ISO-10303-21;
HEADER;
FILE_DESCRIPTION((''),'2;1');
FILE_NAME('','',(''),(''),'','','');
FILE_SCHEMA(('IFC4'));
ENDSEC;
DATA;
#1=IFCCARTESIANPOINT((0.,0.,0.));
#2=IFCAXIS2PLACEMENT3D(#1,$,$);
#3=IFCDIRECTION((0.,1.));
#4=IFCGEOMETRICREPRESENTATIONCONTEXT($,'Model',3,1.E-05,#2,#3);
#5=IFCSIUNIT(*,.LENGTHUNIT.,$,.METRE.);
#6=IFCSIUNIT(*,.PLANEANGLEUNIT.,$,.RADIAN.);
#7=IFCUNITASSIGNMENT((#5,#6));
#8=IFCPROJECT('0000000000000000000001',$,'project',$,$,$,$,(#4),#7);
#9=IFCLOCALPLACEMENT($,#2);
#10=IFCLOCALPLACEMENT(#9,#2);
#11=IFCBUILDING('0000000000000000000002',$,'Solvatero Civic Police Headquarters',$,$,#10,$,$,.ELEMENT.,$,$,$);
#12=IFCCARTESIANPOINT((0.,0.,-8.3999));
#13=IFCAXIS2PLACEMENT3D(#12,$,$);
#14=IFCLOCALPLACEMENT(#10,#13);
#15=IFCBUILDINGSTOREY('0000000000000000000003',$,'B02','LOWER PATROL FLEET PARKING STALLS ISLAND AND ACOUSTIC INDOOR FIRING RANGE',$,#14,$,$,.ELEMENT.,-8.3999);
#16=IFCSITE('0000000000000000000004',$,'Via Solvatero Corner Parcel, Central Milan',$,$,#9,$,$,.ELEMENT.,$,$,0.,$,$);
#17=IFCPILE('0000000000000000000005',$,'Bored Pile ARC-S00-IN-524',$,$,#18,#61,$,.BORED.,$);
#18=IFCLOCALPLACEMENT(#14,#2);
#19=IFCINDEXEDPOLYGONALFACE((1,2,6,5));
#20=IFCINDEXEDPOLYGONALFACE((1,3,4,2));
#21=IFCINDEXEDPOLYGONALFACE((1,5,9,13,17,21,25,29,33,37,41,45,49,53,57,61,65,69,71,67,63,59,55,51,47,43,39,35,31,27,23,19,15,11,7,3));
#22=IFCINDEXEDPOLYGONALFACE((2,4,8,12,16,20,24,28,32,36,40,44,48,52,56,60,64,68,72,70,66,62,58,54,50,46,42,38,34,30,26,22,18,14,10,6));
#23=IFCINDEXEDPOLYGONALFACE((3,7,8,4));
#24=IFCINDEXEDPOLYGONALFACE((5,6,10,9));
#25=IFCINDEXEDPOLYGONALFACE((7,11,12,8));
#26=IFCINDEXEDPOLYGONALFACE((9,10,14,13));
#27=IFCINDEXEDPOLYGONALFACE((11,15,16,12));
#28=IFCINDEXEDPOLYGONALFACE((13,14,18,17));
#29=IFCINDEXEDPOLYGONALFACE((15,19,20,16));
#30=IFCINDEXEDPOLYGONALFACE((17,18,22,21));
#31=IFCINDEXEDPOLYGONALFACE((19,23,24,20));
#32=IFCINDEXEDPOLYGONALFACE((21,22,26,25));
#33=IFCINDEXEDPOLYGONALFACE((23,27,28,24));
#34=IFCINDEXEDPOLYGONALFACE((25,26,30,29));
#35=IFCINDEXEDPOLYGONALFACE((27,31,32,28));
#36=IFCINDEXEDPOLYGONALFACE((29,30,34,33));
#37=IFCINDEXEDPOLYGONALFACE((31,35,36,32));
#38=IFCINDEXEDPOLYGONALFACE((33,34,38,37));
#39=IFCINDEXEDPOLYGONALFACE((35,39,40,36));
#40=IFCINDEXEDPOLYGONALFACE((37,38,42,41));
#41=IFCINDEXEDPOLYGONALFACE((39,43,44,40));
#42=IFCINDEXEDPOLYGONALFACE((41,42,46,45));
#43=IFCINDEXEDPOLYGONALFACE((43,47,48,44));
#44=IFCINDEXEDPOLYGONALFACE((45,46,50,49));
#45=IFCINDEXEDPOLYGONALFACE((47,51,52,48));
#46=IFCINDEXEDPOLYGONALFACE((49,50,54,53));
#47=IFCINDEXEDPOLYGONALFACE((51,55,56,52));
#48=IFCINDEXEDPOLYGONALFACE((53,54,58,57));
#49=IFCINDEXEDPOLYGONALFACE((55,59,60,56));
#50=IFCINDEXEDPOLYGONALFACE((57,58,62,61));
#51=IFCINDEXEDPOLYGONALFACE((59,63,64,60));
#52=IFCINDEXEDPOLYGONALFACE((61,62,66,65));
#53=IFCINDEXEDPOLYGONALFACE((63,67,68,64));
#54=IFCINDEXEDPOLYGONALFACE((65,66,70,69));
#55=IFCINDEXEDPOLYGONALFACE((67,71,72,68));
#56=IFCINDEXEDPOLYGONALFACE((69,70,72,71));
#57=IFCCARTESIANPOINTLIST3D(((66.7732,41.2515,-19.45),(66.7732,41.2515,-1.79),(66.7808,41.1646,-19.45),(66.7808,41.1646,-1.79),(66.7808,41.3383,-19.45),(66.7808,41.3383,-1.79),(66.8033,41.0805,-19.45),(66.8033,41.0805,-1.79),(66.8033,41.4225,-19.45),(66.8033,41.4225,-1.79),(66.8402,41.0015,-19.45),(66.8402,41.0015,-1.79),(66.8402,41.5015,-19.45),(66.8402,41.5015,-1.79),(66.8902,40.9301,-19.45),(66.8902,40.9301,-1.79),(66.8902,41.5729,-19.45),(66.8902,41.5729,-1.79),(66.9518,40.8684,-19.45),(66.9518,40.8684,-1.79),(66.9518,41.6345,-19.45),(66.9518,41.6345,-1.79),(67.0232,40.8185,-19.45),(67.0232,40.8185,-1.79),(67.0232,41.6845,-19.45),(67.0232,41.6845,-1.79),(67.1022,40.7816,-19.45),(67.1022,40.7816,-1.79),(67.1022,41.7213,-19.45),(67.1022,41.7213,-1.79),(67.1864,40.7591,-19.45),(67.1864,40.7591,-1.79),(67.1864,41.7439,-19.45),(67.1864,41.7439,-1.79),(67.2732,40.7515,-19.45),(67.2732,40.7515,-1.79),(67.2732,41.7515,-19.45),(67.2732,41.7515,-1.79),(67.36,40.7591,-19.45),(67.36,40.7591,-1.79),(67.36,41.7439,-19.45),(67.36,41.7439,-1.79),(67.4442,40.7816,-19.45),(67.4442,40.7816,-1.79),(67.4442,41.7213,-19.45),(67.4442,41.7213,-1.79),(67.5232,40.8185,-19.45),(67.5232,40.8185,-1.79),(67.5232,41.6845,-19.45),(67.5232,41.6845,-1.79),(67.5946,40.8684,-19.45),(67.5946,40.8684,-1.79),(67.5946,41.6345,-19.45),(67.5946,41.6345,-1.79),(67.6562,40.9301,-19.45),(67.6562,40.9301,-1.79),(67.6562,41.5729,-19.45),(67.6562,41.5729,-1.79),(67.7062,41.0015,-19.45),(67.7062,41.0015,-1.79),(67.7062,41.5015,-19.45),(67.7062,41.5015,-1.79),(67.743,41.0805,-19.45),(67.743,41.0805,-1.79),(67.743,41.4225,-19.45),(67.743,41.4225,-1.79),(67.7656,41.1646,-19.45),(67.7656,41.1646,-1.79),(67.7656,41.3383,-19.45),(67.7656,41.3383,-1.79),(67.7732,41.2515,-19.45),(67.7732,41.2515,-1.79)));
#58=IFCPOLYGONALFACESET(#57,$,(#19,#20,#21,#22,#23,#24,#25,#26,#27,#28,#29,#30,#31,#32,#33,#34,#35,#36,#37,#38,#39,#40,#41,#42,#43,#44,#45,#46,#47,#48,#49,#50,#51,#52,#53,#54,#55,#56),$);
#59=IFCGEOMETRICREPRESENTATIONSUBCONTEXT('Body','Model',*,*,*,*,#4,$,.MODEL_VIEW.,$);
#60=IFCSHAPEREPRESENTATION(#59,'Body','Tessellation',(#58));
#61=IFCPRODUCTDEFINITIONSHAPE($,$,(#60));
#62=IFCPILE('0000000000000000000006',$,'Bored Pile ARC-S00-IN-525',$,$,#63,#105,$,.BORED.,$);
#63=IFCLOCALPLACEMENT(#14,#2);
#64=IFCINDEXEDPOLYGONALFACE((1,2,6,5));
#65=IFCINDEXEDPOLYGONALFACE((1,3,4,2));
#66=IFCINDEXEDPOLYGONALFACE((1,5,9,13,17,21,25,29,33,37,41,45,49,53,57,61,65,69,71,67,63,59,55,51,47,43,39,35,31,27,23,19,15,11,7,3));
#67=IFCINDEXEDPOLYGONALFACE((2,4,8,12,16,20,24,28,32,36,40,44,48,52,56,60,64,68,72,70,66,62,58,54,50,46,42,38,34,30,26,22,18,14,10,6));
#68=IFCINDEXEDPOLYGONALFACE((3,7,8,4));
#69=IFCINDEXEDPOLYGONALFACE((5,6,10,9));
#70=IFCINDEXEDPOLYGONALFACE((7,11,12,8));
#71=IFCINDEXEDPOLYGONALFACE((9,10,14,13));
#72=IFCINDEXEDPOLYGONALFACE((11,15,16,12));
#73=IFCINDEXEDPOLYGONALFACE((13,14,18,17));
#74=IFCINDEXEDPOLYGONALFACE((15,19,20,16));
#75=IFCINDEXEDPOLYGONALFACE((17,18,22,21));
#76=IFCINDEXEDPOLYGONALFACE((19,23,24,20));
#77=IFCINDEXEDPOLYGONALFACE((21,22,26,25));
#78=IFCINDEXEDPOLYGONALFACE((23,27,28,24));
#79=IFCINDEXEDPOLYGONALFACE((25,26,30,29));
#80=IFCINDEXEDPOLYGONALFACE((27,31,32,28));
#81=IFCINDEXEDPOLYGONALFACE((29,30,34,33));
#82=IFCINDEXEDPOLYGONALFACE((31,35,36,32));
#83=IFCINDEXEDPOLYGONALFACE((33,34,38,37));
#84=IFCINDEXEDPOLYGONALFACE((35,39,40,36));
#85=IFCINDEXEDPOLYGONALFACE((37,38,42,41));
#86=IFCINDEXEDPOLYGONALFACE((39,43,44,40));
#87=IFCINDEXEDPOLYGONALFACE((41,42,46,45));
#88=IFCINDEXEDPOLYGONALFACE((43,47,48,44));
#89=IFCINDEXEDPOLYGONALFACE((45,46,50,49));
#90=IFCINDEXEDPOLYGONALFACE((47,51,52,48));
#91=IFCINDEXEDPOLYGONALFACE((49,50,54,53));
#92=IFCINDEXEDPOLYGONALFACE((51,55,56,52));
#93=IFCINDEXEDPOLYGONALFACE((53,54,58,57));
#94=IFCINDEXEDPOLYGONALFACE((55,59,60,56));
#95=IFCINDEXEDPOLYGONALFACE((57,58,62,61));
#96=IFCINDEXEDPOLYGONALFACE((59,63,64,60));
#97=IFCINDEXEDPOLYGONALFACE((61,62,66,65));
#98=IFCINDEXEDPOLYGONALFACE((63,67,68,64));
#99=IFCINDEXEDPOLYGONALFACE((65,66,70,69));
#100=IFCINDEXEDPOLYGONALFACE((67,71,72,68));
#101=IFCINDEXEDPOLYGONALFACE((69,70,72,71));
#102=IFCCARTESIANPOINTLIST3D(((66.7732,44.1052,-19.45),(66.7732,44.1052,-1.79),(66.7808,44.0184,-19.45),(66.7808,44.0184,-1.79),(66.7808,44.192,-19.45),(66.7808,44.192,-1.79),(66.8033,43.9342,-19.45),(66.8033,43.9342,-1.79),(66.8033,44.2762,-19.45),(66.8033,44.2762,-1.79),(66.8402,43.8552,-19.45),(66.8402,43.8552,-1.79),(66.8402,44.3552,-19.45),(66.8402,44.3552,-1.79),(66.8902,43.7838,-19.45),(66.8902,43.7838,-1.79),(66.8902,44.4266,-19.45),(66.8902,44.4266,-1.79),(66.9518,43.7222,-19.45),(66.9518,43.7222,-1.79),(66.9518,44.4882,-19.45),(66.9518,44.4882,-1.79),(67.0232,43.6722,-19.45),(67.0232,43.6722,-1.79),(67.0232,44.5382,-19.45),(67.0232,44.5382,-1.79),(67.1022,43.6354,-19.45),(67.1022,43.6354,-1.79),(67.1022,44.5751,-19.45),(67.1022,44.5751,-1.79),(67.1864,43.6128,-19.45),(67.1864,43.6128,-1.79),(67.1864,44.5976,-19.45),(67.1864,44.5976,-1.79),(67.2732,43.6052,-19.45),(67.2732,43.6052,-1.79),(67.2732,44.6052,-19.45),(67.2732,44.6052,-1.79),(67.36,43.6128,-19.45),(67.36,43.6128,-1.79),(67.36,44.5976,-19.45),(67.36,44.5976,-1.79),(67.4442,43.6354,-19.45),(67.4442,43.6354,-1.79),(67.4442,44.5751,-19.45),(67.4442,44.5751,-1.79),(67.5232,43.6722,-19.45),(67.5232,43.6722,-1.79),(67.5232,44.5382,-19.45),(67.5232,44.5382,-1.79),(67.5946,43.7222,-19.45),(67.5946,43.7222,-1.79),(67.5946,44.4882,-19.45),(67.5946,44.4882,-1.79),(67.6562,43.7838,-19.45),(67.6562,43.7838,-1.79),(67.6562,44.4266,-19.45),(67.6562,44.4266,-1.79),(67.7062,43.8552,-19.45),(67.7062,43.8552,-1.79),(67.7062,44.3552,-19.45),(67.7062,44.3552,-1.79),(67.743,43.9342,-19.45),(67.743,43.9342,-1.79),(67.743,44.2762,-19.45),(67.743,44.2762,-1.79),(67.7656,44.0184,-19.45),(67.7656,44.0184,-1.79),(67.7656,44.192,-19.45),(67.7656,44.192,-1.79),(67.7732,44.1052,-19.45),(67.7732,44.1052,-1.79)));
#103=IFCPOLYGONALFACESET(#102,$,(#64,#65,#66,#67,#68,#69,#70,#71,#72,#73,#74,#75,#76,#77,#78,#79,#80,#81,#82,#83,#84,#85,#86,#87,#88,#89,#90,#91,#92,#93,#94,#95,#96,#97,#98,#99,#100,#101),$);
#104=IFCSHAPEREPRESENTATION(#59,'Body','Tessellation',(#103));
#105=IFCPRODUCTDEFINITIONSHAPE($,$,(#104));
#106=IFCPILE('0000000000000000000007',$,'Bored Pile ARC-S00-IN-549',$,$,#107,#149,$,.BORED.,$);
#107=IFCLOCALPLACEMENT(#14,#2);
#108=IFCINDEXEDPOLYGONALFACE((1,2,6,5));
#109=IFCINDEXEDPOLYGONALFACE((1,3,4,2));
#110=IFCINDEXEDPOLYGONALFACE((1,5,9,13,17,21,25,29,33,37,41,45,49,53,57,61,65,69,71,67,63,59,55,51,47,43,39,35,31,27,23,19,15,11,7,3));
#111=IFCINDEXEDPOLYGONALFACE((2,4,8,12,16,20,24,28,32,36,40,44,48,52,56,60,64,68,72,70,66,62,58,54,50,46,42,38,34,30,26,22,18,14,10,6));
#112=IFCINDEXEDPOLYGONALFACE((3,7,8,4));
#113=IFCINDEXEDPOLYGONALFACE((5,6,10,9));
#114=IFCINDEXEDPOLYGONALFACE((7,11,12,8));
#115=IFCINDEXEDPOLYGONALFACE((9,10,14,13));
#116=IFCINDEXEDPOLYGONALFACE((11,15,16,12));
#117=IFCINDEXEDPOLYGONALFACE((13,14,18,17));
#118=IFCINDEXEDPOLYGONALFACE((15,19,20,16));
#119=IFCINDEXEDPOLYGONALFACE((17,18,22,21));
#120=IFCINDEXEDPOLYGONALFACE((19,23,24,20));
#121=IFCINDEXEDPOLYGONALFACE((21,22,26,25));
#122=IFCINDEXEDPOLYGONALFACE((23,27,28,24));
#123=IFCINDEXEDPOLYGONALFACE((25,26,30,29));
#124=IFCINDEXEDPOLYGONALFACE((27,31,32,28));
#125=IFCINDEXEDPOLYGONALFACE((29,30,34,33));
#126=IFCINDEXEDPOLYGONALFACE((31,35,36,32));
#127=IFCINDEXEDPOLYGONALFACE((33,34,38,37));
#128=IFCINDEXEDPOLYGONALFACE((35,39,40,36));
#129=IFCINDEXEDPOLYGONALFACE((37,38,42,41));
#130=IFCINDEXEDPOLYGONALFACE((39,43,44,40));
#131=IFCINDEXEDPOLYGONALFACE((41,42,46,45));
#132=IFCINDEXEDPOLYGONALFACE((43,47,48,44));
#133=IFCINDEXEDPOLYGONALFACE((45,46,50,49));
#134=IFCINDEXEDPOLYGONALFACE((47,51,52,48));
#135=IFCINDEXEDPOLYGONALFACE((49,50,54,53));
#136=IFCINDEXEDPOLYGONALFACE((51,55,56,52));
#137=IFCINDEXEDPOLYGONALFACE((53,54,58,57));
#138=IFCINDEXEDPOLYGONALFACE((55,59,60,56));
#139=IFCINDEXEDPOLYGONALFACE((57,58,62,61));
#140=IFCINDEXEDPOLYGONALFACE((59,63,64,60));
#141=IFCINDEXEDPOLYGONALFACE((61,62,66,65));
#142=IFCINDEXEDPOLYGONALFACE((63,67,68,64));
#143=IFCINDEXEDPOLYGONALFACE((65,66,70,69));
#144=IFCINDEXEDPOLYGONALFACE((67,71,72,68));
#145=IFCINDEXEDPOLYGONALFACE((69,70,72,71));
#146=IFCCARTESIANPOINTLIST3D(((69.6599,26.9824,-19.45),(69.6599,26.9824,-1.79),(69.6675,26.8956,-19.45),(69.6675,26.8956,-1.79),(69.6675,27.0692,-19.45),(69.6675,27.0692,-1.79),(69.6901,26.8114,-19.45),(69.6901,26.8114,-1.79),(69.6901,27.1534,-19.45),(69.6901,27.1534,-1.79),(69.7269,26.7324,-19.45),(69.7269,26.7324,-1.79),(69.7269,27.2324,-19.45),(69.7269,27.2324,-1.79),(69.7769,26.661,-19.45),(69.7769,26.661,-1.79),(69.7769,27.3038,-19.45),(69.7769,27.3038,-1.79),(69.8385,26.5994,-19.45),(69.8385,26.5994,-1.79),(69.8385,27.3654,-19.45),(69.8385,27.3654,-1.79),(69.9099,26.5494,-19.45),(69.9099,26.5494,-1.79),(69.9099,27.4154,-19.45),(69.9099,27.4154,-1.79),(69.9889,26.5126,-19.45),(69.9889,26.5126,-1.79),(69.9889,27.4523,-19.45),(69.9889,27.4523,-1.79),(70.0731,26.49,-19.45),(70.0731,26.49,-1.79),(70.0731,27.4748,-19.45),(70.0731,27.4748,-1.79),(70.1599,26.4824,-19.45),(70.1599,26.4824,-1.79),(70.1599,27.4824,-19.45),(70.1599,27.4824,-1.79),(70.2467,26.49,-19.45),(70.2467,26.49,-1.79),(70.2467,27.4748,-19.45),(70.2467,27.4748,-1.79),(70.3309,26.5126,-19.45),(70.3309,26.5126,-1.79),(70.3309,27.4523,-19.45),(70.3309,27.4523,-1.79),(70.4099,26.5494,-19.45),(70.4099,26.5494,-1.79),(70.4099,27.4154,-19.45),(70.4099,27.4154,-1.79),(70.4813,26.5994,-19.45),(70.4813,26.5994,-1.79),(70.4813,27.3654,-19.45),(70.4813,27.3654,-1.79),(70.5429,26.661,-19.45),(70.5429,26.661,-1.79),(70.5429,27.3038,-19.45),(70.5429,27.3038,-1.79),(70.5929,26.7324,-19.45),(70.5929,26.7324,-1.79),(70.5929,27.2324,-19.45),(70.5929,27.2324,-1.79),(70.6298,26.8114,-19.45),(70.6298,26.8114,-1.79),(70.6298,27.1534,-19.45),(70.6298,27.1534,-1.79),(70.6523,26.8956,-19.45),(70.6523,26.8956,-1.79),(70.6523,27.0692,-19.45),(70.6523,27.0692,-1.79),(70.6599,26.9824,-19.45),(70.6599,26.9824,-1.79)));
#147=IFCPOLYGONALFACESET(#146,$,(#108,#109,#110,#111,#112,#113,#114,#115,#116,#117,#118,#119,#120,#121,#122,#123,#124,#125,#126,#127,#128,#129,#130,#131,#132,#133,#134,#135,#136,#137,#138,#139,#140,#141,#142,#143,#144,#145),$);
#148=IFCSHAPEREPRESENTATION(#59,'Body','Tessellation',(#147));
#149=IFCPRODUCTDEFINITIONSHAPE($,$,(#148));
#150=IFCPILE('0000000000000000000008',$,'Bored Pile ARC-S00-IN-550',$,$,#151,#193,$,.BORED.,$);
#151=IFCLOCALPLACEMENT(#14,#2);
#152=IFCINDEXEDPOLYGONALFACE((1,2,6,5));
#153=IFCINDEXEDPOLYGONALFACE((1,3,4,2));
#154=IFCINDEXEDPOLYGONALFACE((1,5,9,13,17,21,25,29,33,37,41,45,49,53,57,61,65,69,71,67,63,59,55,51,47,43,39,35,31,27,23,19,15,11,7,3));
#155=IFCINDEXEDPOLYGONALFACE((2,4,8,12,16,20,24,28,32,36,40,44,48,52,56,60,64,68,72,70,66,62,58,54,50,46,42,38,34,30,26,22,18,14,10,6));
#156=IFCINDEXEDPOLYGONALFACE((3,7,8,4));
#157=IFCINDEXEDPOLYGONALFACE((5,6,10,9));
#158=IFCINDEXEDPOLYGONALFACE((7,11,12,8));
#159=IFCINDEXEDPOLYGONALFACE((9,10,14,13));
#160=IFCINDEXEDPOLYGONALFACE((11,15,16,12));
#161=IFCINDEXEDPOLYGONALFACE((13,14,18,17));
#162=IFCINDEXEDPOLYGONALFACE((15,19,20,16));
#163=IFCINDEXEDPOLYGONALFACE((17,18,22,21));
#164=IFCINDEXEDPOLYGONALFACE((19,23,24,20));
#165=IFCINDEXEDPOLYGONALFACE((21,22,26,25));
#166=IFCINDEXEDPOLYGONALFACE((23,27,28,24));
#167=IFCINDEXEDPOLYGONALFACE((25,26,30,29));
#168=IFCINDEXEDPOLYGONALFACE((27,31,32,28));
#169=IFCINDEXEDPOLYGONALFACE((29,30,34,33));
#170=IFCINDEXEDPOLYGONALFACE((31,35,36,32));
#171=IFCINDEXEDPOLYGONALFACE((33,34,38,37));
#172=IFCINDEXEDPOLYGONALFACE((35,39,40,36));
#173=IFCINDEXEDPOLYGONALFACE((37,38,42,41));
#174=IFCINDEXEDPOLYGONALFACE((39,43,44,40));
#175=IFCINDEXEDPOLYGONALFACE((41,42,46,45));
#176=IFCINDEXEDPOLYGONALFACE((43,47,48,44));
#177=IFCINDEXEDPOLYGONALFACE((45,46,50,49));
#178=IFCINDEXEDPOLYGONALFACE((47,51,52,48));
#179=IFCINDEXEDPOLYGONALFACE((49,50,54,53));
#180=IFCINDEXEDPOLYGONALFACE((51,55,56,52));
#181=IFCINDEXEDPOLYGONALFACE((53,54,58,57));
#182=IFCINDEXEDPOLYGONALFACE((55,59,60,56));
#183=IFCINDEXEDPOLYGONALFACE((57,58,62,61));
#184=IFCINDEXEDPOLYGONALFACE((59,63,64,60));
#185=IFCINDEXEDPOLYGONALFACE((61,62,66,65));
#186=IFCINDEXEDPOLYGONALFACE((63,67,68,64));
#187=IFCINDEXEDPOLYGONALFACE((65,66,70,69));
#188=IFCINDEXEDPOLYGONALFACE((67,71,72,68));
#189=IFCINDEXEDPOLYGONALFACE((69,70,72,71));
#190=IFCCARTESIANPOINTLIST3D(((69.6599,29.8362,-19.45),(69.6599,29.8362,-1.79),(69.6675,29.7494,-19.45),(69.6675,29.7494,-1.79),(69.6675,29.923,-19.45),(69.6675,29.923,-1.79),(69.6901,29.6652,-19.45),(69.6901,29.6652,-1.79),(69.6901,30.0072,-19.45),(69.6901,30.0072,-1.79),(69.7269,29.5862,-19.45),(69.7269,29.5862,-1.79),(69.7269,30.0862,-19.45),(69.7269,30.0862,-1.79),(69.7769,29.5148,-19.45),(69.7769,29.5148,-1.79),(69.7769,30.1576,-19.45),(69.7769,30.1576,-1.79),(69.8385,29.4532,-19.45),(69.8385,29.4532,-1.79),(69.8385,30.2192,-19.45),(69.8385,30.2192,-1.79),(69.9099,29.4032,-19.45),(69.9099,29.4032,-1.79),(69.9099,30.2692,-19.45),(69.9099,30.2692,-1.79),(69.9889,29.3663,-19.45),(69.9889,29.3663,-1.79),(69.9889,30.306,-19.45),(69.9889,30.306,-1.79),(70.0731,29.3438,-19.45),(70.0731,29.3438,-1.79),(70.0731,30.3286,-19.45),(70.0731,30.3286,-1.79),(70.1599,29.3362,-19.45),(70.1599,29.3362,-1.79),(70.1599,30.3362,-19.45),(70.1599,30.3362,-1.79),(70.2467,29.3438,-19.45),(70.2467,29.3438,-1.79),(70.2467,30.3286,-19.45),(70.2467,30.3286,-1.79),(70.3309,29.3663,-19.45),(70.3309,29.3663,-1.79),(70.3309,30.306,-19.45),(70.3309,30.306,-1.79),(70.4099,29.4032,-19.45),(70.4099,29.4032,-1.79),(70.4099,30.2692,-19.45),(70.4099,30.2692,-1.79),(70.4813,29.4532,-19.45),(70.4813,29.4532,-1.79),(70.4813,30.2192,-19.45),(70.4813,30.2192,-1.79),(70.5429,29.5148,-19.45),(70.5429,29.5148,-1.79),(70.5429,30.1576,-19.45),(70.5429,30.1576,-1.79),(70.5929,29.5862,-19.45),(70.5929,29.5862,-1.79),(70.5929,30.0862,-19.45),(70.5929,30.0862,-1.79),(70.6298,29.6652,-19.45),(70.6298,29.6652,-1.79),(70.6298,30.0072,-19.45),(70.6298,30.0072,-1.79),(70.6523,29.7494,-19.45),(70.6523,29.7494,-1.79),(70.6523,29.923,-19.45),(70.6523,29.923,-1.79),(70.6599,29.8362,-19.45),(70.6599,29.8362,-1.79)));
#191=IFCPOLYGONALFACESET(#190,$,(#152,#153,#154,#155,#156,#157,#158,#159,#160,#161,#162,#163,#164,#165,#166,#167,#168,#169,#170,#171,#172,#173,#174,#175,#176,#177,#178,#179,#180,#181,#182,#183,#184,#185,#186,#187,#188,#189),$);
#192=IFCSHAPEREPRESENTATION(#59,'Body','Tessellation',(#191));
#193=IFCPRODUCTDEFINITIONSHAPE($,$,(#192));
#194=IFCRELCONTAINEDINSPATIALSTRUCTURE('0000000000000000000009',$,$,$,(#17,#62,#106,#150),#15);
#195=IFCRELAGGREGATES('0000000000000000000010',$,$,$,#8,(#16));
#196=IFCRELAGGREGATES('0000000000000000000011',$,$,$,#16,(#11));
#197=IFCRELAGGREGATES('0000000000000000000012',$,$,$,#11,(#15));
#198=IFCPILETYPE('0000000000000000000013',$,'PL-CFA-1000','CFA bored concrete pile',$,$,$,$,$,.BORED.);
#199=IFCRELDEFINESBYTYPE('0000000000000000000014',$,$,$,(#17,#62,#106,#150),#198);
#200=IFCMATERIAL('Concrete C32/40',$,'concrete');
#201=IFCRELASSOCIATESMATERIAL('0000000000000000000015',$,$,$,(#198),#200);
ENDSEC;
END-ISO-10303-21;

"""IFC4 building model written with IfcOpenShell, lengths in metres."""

from ifc_helpers import new_model, si_unit, direction, frame, origin, origin_2d, place, context, subcontext, project, spatial, circle, extrude, material, material_profile, profile_set, type_object, element, save


model = new_model("IFC4")

# Units and contexts
model_context = context("Model", 3, precision=1e-05, world=origin(), true_north=direction((0.0, 1.0)))
body_context = subcontext(model_context, "Body", "Model", "MODEL_VIEW")
ifc_project = project(units=[si_unit("LENGTHUNIT", "METRE"), si_unit("PLANEANGLEUNIT", "RADIAN")], contexts=[model_context])

# Site, building, storey
site_placement = place(None, origin())
site = spatial("IfcSite", under=ifc_project, at=site_placement, Name="Via Solvatero Corner Parcel, Central Milan", CompositionType="ELEMENT", RefElevation=0.0)
building_placement = place(site_placement, origin())
building = spatial("IfcBuilding", under=site, at=building_placement, Name="Solvatero Civic Police Headquarters", CompositionType="ELEMENT")
storey_placement = place(building_placement, frame((0.0, 0.0, -8.3999)))
storey = spatial("IfcBuildingStorey", under=building, at=storey_placement, Name="B02", Description="LOWER PATROL FLEET PARKING STALLS ISLAND AND ACOUSTIC INDOOR FIRING RANGE", CompositionType="ELEMENT", Elevation=-8.3999)

# Piles
ifc_material_1 = material(Name="Concrete C32/40", Category="concrete")
ifc_material_profile_1 = material_profile(ifc_material_1, circle(Radius=0.5, at=origin_2d()), Name="CFA PILE D1000")
ifc_profile_set_1 = profile_set([ifc_material_profile_1], Name="Concrete C32/40")
pile_type = type_object("IfcPileType", Name="PL-CFA-1000", Description="CFA bored concrete pile", PredefinedType="BORED", material=ifc_profile_set_1)
for number, where, z_axis, x_axis, name in (
    (1, (67.2732, 41.2515, -1.79), (0.0, 0.0, -1.0), (1.0, 0.0, 0.0), "Bored Pile ARC-S00-IN-524"),
    (2, (67.2732, 44.1052, -1.79), (0.0, 0.0, -1.0), (1.0, 0.0, 0.0), "Bored Pile ARC-S00-IN-525"),
    (3, (70.1599, 26.9824, -1.79), (0.0, 0.0, -1.0), (1.0, 0.0, 0.0), "Bored Pile ARC-S00-IN-549"),
    (4, (70.1599, 29.8362, -1.79), (0.0, 0.0, -1.0), (1.0, 0.0, 0.0), "Bored Pile ARC-S00-IN-550"),
):
    element("IfcPile", number, at=place(storey_placement, frame(where, z_axis=z_axis, x_axis=x_axis)), inside=storey, type_object=pile_type, Name=name, PredefinedType="BORED", context=body_context, shape_type="SweptSolid", body=[
        extrude(circle(Radius=0.5, at=origin_2d()), origin(), (0.0, 0.0, 1.0), 17.6599),
    ])

save(model, "model.ifc")
